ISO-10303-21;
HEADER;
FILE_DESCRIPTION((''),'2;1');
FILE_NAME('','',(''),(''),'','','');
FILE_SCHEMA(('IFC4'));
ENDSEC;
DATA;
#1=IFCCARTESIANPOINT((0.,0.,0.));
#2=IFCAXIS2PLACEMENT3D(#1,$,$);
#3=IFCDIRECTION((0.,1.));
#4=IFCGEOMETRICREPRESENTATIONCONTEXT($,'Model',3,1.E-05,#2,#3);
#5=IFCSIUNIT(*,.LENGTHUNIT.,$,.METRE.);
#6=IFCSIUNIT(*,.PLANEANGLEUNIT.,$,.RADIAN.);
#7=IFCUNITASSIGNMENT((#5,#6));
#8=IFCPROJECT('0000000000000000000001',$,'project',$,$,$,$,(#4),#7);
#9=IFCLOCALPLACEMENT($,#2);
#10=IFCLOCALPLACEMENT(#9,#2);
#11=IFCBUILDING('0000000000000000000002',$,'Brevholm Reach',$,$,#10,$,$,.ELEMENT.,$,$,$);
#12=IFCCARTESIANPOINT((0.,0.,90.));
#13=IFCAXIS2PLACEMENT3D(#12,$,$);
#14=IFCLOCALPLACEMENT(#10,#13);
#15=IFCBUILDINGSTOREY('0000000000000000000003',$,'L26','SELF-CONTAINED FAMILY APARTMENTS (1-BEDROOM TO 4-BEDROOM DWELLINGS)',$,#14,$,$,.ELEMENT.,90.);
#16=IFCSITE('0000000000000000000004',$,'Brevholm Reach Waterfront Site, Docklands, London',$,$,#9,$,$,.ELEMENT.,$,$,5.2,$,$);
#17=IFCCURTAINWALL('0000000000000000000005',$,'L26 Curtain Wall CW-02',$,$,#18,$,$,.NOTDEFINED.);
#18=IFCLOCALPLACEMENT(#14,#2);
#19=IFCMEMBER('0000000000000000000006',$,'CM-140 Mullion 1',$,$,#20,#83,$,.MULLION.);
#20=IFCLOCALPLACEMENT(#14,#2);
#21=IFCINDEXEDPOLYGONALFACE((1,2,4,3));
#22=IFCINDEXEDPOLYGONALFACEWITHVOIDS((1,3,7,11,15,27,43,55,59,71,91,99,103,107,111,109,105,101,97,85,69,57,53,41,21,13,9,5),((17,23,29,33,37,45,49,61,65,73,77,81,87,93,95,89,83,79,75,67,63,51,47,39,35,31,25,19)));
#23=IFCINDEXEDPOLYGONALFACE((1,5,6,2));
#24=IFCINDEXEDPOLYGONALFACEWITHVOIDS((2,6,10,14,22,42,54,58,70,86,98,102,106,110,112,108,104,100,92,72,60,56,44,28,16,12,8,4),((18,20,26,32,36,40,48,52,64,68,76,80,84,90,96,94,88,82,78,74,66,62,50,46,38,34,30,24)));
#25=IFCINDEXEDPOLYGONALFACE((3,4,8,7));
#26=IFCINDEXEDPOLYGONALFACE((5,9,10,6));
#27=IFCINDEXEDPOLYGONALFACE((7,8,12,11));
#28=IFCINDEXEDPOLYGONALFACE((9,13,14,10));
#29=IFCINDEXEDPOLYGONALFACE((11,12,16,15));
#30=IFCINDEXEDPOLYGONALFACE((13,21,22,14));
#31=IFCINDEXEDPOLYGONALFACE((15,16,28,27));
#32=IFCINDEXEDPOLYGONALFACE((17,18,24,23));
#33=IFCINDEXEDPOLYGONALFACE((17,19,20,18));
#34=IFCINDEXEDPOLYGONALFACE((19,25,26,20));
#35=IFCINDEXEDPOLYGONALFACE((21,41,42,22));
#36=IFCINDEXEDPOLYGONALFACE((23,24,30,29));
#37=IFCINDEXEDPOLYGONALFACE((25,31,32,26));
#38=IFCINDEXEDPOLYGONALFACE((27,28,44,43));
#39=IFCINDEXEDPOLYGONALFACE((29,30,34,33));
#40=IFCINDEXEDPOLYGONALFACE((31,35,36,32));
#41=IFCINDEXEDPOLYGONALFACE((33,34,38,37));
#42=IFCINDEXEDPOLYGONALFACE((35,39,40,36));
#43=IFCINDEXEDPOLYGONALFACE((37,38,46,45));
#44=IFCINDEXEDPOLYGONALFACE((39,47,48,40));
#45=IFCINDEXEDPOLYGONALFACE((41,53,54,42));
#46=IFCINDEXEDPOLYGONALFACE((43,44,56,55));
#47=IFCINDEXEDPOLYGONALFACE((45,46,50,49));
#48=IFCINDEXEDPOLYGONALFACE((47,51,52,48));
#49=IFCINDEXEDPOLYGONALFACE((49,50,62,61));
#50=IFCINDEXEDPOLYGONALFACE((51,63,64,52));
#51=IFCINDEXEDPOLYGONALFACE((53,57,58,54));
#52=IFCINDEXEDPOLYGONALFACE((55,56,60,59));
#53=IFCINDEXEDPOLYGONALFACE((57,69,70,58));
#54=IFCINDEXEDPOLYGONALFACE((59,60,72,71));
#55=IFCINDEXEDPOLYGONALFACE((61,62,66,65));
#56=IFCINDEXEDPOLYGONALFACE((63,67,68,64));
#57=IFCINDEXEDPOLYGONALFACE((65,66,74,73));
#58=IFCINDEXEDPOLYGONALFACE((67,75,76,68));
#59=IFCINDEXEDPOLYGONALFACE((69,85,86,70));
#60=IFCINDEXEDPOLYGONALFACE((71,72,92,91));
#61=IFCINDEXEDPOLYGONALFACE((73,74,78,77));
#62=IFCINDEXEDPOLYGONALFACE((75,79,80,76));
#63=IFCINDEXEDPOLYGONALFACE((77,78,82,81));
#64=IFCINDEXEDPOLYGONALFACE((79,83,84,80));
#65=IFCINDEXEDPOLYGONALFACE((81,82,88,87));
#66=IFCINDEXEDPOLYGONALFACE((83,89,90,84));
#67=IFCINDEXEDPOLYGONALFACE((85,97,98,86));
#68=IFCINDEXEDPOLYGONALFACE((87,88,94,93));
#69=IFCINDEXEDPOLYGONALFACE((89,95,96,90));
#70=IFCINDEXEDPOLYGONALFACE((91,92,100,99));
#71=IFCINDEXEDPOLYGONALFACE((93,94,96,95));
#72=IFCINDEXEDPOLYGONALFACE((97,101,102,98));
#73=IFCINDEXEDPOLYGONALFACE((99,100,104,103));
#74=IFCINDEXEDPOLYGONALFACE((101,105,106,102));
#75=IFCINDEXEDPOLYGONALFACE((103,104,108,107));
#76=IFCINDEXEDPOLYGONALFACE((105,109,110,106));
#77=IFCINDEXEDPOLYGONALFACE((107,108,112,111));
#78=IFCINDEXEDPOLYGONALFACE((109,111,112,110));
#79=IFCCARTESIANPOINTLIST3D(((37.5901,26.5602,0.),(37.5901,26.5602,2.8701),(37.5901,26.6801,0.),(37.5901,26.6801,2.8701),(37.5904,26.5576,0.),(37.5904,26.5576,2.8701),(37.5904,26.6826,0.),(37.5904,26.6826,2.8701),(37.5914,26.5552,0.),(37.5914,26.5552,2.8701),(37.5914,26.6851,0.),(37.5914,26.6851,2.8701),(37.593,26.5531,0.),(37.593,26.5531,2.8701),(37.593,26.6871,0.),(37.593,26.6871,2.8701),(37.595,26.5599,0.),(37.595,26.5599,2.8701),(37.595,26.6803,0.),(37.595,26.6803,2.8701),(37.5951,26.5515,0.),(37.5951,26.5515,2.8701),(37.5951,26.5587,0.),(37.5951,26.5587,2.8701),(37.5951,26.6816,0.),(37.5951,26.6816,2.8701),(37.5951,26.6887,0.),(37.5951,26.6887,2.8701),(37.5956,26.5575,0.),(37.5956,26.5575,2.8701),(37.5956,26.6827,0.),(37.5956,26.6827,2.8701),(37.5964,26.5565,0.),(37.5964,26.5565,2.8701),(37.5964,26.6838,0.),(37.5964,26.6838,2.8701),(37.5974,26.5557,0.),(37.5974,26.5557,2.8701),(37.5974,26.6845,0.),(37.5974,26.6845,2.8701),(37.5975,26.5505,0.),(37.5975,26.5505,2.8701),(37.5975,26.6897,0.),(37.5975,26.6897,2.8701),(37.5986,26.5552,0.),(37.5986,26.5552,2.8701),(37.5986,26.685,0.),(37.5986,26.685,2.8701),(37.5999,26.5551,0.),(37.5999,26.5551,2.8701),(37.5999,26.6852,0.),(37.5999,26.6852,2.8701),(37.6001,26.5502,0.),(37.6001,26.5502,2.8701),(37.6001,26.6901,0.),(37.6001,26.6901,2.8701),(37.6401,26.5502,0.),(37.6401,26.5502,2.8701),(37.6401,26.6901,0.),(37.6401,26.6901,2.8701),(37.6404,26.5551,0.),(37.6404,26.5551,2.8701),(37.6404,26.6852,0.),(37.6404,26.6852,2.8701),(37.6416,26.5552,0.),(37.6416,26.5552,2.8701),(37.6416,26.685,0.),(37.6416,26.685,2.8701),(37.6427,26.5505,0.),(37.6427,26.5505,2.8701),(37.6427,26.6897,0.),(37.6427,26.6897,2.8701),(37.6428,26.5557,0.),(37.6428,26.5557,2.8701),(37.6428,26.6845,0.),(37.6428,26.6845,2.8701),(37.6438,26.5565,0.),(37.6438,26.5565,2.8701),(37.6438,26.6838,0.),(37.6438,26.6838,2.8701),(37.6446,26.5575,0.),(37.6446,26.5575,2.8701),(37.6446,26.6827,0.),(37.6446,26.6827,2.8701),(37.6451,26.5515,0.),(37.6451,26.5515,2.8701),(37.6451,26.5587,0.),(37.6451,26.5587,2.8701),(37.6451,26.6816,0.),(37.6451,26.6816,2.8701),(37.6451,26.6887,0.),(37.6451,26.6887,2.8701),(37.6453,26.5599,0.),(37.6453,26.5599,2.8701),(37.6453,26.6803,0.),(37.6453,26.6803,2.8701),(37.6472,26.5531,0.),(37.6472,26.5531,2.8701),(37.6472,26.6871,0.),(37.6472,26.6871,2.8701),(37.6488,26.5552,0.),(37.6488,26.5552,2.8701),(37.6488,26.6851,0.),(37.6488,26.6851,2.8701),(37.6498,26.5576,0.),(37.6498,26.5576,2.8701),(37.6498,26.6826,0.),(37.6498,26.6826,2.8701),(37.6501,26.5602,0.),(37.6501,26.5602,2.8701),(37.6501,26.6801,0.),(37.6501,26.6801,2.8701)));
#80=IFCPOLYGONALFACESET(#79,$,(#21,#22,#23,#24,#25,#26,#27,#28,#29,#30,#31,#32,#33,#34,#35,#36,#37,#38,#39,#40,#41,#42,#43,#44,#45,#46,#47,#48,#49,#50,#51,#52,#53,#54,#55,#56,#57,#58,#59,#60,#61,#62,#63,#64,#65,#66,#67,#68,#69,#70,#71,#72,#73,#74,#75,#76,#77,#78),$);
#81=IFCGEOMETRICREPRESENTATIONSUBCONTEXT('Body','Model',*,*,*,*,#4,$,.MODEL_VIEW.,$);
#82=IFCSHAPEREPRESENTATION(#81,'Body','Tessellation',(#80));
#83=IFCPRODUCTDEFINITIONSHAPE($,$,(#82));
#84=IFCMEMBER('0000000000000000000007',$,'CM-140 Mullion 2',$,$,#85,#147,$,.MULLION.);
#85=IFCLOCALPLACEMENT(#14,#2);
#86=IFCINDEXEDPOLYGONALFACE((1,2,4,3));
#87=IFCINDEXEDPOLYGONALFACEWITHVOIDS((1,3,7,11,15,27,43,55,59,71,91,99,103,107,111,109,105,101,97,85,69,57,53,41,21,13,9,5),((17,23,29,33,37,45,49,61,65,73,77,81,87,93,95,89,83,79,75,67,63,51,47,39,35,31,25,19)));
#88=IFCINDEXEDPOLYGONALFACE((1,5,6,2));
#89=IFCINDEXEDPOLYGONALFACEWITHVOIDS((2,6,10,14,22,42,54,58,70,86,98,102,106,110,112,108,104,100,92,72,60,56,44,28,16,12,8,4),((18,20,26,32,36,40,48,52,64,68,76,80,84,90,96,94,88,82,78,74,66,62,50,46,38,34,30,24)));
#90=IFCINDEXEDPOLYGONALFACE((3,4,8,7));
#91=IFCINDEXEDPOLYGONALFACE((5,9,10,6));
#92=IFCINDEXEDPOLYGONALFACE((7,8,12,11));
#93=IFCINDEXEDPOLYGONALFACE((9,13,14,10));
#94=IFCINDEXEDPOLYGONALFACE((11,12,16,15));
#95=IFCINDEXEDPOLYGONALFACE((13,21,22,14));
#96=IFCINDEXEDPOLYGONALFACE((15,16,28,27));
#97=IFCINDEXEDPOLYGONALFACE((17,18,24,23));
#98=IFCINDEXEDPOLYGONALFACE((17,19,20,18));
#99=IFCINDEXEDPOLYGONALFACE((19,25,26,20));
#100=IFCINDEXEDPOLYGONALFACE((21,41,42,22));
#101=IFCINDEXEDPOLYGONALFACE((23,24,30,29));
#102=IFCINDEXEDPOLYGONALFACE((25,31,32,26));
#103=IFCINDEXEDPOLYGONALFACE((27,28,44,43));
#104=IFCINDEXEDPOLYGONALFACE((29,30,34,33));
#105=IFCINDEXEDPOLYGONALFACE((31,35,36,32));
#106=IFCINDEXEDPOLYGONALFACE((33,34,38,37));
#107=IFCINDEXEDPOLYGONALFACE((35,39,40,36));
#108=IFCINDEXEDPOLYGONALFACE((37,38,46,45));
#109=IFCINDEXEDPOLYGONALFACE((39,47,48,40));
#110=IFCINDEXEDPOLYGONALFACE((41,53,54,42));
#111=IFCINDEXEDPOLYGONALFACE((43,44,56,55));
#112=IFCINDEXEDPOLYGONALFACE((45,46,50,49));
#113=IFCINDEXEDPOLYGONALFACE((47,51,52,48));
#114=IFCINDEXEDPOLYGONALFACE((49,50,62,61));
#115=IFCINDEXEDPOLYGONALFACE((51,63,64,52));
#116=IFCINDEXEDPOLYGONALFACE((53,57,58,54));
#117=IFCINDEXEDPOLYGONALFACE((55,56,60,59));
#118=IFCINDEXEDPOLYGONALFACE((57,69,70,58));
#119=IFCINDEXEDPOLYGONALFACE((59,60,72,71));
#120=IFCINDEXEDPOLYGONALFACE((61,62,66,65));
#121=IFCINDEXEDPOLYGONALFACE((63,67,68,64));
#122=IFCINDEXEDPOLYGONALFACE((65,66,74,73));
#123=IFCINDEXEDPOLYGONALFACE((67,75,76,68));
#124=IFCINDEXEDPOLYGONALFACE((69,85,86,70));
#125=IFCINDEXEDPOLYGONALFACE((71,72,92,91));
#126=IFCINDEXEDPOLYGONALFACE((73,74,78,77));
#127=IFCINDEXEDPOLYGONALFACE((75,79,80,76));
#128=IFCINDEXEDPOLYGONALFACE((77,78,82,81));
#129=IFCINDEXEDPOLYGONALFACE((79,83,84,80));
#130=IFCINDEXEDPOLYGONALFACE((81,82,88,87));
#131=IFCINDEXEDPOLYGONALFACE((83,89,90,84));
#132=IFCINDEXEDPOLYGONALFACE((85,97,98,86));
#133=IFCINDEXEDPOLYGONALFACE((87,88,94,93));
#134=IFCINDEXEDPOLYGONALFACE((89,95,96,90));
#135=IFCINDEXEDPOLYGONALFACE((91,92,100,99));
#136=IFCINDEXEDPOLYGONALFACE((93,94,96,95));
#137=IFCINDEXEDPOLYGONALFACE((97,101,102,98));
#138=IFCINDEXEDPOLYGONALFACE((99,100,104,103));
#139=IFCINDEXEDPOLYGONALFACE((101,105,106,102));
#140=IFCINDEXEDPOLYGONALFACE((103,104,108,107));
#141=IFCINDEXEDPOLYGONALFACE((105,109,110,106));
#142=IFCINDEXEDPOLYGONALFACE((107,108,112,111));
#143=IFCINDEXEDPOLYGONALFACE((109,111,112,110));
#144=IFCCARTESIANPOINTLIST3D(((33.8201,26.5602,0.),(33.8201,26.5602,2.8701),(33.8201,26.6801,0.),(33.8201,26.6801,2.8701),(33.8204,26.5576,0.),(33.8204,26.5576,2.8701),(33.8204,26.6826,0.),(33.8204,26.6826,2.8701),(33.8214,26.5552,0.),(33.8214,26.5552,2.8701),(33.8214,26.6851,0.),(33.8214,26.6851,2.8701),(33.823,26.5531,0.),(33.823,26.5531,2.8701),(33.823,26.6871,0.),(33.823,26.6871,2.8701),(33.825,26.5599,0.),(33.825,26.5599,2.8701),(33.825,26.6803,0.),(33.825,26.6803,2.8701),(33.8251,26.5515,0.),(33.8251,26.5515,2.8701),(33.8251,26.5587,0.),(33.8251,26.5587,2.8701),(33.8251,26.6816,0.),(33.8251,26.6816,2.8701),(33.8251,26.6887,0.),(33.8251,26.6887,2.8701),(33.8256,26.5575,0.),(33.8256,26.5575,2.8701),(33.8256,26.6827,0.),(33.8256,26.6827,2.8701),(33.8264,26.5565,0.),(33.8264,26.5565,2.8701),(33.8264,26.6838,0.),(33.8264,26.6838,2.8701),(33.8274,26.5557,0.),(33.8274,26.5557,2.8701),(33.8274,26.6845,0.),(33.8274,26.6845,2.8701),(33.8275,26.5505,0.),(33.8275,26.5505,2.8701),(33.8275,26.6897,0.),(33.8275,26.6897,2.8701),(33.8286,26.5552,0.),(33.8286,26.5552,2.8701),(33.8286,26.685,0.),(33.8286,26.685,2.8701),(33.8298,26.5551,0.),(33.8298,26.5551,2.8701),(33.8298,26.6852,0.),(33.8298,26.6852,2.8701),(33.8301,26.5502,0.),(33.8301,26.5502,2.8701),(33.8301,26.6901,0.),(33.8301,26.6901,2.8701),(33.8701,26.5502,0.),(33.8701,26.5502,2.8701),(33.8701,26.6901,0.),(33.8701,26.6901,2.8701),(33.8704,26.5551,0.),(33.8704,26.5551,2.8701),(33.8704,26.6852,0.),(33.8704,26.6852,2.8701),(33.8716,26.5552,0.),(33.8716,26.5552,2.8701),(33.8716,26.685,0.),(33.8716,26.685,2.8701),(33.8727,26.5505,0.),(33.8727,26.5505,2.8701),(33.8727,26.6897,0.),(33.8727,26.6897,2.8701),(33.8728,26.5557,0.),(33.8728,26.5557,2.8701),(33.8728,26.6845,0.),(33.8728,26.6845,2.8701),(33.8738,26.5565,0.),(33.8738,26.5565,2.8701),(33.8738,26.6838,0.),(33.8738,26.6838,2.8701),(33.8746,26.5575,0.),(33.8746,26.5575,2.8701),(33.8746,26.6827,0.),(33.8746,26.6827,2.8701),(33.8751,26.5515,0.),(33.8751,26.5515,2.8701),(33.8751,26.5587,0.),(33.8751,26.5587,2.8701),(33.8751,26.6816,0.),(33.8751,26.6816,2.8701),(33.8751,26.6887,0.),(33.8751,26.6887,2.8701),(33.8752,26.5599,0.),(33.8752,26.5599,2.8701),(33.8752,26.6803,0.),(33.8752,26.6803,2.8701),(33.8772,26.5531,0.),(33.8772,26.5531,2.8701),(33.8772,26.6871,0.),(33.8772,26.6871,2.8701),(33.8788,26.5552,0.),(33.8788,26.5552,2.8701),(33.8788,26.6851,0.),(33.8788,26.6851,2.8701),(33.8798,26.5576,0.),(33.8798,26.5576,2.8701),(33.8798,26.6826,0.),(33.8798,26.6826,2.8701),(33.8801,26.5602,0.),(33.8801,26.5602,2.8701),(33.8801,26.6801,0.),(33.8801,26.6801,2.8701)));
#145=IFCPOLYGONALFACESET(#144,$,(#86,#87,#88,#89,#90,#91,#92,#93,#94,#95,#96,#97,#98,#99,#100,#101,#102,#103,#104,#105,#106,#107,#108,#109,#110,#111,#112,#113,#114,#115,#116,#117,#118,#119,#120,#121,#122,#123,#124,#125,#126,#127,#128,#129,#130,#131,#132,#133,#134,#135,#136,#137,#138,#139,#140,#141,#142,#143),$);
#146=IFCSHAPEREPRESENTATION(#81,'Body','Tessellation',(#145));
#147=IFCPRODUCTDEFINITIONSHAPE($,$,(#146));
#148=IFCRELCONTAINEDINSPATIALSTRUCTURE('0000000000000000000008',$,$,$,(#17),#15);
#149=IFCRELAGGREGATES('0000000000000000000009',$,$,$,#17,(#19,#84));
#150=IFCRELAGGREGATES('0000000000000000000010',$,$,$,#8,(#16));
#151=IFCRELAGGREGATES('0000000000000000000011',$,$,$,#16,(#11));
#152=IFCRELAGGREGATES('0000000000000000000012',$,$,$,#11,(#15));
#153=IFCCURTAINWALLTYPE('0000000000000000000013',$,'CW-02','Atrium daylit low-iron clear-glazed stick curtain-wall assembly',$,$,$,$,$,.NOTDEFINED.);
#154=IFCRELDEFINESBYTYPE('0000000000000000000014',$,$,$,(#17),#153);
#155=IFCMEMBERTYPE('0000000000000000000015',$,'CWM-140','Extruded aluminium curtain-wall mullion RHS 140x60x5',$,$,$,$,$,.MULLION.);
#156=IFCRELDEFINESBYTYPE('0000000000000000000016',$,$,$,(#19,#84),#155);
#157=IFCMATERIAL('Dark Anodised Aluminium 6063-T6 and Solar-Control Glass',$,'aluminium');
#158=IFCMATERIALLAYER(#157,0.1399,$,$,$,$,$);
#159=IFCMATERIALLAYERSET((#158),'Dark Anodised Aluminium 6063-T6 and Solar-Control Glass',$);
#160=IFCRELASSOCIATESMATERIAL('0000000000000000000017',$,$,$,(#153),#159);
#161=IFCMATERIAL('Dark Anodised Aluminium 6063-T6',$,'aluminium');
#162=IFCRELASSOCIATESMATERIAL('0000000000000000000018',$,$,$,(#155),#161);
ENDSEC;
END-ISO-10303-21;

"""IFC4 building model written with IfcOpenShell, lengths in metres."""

from ifc_helpers import new_model, si_unit, direction, frame, origin, origin_2d, place, context, subcontext, project, spatial, hollow_rectangle, extrude, material, layer, layer_set, material_profile, profile_set, type_object, element, aggregate, save


model = new_model("IFC4")

# Units and contexts
model_context = context("Model", 3, precision=1e-05, world=origin(), true_north=direction((0.0, 1.0)))
body_context = subcontext(model_context, "Body", "Model", "MODEL_VIEW")
ifc_project = project(units=[si_unit("LENGTHUNIT", "METRE"), si_unit("PLANEANGLEUNIT", "RADIAN")], contexts=[model_context])

# Site, building, storey
site_placement = place(None, origin())
site = spatial("IfcSite", under=ifc_project, at=site_placement, Name="Brevholm Reach Waterfront Site, Docklands, London", CompositionType="ELEMENT", RefElevation=5.2)
building_placement = place(site_placement, origin())
building = spatial("IfcBuilding", under=site, at=building_placement, Name="Brevholm Reach", CompositionType="ELEMENT")
storey_placement = place(building_placement, frame((0.0, 0.0, 90.0)))
storey = spatial("IfcBuildingStorey", under=building, at=storey_placement, Name="L26", Description="SELF-CONTAINED FAMILY APARTMENTS (1-BEDROOM TO 4-BEDROOM DWELLINGS)", CompositionType="ELEMENT", Elevation=90.0)

# Curtain wall, members
ifc_material_1 = material(Name="Dark Anodised Aluminium 6063-T6 and Solar-Control Glass", Category="aluminium")
ifc_layer_1 = layer(ifc_material_1, 0.1399)
ifc_layer_set_1 = layer_set([ifc_layer_1], Name="Dark Anodised Aluminium 6063-T6 and Solar-Control Glass")
curtain_wall_type_1 = type_object("IfcCurtainWallType", Name="CW-02", Description="Atrium daylit low-iron clear-glazed stick curtain-wall assembly", PredefinedType="NOTDEFINED", material=ifc_layer_set_1)
curtain_wall_1_placement = place(storey_placement, origin())
curtain_wall_1 = element("IfcCurtainWall", 1, at=curtain_wall_1_placement, inside=storey, type_object=curtain_wall_type_1, Name="L26 Curtain Wall CW-02", PredefinedType="NOTDEFINED")
ifc_material_2 = material(Name="Dark Anodised Aluminium 6063-T6", Category="aluminium")
ifc_material_profile_1 = material_profile(ifc_material_2, hollow_rectangle(XDim=0.0601, YDim=0.1399, WallThickness=0.0049, InnerFilletRadius=0.0049, OuterFilletRadius=0.01, at=origin_2d()), Name="RHS 140x60x5")
ifc_profile_set_1 = profile_set([ifc_material_profile_1], Name="Dark Anodised Aluminium 6063-T6")
member_type_1 = type_object("IfcMemberType", Name="CWM-140", Description="Extruded aluminium curtain-wall mullion RHS 140x60x5", PredefinedType="MULLION", material=ifc_profile_set_1)
member_1_placement = place(storey_placement, frame((37.6201, 26.6201, 0.0), z_axis=(0.0, 0.0, 1.0), x_axis=(-1.0, 0.0, 0.0)))
member_1 = element("IfcMember", 2, at=member_1_placement, type_object=member_type_1, Name="CM-140 Mullion 1", PredefinedType="MULLION", context=body_context, shape_type="SweptSolid", body=[
    extrude(hollow_rectangle(XDim=0.0601, YDim=0.1399, WallThickness=0.0049, InnerFilletRadius=0.0049, OuterFilletRadius=0.01, at=origin_2d()), origin(), (0.0, 0.0, 1.0), 2.8701),
])
member_2_placement = place(storey_placement, frame((33.8501, 26.6201, 0.0), z_axis=(0.0, 0.0, 1.0), x_axis=(-1.0, 0.0, 0.0)))
member_2 = element("IfcMember", 3, at=member_2_placement, type_object=member_type_1, Name="CM-140 Mullion 2", PredefinedType="MULLION", context=body_context, shape_type="SweptSolid", body=[
    extrude(hollow_rectangle(XDim=0.0601, YDim=0.1399, WallThickness=0.0049, InnerFilletRadius=0.0049, OuterFilletRadius=0.01, at=origin_2d()), origin(), (0.0, 0.0, 1.0), 2.8701),
])

aggregate(curtain_wall_1, [member_1, member_2])

save(model, "model.ifc")
